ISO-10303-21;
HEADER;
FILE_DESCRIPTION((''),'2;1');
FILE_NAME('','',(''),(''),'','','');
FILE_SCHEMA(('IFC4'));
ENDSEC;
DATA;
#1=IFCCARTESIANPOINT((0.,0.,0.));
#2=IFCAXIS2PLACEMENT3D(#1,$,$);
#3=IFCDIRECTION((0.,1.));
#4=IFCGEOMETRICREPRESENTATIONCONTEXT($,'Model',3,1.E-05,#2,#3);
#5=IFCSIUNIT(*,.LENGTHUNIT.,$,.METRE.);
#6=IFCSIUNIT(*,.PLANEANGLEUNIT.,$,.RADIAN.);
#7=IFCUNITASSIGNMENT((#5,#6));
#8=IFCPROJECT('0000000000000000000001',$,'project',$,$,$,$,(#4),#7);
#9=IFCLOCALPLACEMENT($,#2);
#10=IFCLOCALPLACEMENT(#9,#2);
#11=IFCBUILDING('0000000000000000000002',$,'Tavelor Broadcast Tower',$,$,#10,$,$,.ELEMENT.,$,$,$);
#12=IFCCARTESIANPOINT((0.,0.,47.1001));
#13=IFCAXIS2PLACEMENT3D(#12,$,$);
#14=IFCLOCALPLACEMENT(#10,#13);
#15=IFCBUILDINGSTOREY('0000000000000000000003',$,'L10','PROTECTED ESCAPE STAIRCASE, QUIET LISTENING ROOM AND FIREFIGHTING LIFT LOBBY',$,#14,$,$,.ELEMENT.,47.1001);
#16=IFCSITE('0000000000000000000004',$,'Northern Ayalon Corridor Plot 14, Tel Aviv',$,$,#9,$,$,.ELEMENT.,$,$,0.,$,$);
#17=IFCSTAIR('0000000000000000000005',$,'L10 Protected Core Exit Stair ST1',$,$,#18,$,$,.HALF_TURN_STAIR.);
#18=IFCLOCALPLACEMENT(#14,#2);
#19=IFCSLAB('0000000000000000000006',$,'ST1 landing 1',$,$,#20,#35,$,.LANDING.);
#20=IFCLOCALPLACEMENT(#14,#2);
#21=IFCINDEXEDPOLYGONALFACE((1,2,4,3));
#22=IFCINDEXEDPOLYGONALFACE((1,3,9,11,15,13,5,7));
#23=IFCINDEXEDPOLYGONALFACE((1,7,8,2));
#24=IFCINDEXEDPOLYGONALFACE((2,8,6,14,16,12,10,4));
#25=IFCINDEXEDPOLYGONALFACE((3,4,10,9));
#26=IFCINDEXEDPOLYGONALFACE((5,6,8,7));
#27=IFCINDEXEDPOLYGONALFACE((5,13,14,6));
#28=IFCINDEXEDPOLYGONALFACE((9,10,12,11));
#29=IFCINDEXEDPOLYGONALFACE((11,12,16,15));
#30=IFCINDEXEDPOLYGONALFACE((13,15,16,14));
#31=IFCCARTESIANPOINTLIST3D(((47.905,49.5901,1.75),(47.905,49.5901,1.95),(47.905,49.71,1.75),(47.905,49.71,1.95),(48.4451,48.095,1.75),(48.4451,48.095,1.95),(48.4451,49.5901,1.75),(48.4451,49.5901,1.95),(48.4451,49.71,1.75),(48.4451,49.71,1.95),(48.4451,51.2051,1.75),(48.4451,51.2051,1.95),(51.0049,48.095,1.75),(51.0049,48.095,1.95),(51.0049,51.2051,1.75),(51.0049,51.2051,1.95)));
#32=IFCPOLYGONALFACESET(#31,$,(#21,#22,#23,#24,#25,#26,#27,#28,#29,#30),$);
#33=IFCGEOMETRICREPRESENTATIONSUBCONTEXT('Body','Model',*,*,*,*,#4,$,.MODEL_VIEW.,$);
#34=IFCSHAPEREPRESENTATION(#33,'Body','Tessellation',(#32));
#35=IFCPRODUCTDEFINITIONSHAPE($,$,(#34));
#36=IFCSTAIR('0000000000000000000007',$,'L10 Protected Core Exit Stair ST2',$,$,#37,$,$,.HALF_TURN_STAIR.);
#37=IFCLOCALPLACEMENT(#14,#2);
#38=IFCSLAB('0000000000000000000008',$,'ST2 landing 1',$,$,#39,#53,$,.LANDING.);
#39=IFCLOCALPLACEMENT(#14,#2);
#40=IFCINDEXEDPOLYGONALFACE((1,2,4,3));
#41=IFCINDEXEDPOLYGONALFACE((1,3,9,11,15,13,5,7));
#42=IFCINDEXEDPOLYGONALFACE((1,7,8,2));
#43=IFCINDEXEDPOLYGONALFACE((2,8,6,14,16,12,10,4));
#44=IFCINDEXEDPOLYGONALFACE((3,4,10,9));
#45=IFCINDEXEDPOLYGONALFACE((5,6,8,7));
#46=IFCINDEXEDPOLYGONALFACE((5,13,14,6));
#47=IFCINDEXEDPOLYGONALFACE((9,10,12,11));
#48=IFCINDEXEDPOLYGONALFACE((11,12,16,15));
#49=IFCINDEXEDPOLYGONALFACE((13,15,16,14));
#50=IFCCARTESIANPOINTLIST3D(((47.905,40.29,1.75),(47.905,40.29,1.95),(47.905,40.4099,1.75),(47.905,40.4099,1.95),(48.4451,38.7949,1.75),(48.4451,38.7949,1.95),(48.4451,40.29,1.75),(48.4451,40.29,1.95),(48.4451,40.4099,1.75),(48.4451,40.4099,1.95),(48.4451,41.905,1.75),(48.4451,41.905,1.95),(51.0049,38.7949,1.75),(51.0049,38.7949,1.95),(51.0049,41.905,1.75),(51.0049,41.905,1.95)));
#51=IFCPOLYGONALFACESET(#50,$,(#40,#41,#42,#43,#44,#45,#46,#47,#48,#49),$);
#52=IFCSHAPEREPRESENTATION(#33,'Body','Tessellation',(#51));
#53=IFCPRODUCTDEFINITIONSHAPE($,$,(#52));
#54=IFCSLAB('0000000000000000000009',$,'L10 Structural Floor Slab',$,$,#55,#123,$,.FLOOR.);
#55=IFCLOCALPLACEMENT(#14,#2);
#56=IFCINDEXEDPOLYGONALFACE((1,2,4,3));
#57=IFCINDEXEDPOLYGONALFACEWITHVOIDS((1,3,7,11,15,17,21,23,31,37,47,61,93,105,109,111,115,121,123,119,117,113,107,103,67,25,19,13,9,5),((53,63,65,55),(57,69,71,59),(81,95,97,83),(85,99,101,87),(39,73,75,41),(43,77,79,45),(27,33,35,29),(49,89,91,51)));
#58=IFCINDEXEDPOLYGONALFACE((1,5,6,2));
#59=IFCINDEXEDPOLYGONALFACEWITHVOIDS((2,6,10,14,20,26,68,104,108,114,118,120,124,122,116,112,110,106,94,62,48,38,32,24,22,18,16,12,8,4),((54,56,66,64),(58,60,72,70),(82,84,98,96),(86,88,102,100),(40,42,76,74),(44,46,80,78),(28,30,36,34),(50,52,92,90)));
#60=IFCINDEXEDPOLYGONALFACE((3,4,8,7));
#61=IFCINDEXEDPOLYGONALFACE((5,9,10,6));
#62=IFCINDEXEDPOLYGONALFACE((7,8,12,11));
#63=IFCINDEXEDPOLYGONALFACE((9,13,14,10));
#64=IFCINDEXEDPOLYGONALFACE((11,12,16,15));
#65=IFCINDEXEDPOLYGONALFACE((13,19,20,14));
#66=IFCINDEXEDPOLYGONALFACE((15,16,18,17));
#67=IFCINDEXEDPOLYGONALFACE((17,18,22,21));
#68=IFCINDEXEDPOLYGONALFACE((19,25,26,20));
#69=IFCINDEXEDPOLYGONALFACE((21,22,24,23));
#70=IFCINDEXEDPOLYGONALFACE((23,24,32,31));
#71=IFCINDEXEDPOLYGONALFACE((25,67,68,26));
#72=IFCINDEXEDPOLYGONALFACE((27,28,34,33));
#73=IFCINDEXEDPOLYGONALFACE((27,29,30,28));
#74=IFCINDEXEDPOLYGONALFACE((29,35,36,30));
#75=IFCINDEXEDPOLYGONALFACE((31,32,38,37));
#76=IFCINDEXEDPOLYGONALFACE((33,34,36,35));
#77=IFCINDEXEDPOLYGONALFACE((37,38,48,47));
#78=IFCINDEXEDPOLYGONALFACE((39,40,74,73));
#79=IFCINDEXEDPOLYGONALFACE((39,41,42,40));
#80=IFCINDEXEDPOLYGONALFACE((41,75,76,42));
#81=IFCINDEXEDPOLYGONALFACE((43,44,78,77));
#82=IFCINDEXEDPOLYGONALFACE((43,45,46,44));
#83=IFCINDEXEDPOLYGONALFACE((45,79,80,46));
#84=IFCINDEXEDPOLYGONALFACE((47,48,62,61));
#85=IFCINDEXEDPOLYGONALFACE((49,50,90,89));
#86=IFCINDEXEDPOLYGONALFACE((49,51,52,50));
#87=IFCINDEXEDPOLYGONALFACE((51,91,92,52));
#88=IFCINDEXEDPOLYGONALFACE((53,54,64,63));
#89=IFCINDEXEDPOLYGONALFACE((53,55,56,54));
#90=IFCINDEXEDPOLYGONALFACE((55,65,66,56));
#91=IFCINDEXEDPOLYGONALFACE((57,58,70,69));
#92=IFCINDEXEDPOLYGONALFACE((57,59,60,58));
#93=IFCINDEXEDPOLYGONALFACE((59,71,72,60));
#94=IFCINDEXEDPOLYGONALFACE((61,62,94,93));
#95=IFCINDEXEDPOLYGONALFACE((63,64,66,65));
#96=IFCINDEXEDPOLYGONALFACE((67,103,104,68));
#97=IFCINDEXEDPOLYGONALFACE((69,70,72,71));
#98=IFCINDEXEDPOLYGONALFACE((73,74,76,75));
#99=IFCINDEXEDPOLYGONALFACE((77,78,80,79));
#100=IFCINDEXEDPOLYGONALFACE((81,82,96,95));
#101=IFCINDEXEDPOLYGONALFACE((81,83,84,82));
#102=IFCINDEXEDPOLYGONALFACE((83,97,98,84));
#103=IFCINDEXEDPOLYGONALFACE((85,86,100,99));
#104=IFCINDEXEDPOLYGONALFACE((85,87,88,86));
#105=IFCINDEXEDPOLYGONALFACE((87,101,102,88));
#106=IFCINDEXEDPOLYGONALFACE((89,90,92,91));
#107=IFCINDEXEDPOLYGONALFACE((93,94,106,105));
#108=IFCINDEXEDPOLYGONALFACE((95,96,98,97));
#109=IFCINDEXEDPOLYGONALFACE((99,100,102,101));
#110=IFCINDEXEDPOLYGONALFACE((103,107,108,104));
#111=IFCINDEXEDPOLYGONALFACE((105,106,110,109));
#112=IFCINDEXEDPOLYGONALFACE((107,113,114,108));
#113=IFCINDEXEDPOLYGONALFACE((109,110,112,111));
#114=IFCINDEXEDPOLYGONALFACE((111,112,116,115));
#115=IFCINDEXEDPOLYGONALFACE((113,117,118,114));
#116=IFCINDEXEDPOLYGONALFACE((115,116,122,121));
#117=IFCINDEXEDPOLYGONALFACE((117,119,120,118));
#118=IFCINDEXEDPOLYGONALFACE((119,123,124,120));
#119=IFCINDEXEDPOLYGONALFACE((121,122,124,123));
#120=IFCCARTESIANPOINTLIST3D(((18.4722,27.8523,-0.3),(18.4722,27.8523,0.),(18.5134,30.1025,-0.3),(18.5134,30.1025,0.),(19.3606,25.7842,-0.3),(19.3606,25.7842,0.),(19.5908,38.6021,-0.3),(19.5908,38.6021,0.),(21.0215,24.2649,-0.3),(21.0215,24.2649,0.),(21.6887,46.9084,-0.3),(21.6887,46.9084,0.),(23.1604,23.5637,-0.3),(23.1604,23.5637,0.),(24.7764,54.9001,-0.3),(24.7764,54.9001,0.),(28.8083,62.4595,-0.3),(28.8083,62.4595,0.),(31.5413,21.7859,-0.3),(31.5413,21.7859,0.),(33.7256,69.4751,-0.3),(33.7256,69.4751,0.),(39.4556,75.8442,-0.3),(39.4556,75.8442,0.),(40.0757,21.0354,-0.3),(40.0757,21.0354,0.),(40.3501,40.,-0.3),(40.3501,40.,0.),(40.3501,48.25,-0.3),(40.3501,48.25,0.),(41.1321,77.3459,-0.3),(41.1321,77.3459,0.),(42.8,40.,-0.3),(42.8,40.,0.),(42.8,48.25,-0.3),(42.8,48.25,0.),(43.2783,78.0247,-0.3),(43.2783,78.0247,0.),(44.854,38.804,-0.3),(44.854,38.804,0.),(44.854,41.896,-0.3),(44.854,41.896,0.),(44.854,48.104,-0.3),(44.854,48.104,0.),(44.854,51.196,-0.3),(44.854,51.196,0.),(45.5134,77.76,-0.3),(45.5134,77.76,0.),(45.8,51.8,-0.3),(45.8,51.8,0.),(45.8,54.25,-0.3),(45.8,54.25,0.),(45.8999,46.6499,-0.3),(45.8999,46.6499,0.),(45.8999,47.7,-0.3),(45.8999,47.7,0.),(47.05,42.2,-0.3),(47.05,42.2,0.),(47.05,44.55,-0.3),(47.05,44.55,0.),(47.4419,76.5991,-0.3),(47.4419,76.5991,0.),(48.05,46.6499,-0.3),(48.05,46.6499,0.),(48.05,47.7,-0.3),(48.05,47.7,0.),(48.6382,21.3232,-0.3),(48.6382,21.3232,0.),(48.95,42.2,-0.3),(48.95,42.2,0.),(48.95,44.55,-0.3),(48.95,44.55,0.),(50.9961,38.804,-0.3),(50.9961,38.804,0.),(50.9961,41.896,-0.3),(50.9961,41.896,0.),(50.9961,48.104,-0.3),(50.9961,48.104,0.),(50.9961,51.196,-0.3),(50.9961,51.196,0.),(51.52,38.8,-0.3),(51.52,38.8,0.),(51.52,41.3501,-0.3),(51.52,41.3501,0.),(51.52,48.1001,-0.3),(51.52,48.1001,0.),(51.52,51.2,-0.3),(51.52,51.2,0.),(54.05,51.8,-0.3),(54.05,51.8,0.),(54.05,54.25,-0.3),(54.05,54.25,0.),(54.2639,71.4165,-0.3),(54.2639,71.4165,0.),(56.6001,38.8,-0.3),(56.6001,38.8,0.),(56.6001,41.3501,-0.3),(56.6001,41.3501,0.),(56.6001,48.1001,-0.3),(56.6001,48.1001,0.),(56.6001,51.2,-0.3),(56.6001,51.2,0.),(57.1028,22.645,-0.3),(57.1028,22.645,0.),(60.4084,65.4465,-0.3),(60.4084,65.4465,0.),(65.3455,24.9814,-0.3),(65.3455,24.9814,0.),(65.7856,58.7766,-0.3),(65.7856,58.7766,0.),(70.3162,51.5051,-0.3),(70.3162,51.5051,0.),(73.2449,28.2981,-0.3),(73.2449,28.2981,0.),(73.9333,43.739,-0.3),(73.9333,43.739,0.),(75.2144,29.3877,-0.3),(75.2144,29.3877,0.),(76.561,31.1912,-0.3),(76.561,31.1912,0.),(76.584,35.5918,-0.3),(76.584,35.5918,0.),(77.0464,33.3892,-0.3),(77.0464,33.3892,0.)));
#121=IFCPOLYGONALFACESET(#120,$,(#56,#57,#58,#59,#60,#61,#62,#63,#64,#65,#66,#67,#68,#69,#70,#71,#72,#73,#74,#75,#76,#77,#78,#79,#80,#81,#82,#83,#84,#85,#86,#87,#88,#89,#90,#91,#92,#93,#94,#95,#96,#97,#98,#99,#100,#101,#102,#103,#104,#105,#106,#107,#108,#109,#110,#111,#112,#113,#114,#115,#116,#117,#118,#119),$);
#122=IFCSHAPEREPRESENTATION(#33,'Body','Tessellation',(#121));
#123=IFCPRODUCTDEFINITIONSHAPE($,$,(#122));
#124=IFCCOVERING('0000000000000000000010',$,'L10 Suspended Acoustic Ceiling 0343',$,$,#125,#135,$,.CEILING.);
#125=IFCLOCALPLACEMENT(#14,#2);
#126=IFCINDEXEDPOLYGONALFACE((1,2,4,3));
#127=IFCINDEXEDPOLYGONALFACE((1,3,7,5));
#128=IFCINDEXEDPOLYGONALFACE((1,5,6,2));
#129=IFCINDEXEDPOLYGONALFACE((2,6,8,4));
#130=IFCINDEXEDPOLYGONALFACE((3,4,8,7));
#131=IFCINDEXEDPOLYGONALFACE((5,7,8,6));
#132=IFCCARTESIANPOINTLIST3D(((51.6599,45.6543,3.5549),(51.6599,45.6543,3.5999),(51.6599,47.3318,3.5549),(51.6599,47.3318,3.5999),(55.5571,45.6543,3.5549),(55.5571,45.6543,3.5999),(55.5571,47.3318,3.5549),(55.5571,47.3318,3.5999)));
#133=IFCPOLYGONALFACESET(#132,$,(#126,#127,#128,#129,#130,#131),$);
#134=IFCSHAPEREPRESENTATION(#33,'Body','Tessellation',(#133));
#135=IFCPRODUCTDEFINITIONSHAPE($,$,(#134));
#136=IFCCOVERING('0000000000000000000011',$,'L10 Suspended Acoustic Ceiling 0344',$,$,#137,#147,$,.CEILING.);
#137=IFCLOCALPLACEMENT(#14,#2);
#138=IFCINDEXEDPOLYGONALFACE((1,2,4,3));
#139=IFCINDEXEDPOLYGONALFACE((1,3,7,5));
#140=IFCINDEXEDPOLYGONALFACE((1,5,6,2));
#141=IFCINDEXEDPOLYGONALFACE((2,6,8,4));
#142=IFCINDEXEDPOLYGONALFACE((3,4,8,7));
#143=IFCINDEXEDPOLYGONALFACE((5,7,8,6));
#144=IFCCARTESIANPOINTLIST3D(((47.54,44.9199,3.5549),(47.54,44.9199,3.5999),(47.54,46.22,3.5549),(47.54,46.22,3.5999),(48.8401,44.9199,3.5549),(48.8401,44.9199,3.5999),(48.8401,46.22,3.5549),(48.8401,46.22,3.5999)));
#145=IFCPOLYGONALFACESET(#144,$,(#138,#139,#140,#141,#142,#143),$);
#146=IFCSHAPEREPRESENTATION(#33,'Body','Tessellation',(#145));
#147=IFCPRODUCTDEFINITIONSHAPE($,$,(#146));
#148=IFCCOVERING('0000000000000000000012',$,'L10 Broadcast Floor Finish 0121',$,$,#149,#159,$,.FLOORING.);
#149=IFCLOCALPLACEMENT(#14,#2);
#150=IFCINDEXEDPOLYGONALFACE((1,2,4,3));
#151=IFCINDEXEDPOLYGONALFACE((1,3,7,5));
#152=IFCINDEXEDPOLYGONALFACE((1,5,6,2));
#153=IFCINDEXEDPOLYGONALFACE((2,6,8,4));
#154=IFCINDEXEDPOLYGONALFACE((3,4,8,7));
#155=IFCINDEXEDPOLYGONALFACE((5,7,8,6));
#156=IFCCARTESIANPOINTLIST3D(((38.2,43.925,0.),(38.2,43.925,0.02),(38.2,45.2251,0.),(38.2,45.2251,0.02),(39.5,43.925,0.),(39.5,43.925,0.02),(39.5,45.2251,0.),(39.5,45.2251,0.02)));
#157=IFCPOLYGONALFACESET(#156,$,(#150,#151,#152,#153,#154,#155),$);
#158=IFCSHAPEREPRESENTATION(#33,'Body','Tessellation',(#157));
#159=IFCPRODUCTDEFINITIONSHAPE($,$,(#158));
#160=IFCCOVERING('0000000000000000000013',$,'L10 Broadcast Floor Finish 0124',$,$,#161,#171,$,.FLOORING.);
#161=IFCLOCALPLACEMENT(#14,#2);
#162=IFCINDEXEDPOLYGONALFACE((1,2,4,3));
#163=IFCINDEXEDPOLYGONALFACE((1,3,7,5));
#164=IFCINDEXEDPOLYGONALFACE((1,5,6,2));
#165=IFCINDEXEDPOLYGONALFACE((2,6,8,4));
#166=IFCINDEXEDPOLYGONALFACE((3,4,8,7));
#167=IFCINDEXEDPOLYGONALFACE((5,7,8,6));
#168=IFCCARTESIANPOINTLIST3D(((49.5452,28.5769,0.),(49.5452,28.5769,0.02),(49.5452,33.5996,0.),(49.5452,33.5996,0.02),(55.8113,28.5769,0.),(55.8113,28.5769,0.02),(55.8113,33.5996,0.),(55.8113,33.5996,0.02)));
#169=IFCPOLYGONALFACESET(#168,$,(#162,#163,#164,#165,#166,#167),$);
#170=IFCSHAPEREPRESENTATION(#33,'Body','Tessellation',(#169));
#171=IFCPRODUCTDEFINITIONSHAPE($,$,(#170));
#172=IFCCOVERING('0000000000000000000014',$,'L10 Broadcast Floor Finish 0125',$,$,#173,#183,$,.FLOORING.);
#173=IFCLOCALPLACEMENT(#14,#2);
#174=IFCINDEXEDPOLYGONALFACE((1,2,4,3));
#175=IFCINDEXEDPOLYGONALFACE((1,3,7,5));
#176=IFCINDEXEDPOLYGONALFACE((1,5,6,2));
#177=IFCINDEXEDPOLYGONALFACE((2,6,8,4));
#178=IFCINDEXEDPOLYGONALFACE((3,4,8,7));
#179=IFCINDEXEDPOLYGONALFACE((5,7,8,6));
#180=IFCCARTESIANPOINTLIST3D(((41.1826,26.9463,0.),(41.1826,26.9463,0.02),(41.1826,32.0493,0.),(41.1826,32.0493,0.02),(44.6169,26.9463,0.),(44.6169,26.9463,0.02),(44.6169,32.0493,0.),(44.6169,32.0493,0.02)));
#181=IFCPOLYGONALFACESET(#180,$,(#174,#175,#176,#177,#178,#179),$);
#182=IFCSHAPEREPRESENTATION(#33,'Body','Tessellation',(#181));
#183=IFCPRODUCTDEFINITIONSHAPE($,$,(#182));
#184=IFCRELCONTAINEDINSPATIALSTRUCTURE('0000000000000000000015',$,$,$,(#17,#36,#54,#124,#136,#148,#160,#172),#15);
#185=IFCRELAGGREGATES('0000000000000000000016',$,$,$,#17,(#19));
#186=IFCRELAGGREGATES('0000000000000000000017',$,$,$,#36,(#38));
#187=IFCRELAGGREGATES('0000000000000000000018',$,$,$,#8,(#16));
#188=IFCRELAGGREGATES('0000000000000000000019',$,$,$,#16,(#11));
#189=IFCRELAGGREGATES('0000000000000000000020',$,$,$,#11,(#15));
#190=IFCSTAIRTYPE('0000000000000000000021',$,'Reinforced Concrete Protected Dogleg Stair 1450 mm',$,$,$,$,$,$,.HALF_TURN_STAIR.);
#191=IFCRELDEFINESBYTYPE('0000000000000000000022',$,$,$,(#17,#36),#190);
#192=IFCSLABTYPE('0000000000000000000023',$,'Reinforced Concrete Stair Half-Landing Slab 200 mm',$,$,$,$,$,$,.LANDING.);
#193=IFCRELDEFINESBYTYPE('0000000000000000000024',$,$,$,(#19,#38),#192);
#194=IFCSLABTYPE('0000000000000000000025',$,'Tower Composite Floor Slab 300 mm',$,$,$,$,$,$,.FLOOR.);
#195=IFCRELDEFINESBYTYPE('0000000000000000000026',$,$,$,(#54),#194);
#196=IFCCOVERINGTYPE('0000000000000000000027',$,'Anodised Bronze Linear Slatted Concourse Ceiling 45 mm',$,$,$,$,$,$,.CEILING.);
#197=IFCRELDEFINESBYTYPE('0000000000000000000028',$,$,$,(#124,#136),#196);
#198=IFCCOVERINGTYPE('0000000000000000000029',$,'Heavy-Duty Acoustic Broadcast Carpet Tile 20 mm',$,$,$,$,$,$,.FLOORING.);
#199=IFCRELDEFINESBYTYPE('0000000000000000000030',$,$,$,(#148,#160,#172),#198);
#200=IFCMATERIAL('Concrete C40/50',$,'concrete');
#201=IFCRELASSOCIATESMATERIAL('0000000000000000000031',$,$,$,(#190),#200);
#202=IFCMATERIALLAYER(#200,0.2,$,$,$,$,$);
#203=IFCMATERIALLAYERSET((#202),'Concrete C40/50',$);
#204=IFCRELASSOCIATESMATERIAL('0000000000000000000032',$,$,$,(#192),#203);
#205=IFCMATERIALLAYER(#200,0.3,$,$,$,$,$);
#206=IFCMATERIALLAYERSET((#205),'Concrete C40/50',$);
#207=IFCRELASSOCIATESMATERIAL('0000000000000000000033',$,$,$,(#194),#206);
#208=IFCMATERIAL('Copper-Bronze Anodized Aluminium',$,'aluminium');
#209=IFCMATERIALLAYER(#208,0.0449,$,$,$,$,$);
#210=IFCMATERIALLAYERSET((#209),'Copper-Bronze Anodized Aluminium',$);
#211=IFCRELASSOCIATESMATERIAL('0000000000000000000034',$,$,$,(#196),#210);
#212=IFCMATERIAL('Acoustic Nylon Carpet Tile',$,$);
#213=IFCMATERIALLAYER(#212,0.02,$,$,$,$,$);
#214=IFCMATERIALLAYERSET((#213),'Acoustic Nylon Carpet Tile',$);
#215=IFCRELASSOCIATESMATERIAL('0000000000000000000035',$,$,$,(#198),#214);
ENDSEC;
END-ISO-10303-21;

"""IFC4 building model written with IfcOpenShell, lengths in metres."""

from ifc_helpers import new_model, si_unit, direction, frame, origin, place, context, subcontext, project, spatial, polyline, outline, extrude, material, layer, layer_set, type_object, element, aggregate, save


model = new_model("IFC4")

# Units and contexts
model_context = context("Model", 3, precision=1e-05, world=origin(), true_north=direction((0.0, 1.0)))
body_context = subcontext(model_context, "Body", "Model", "MODEL_VIEW")
ifc_project = project(units=[si_unit("LENGTHUNIT", "METRE"), si_unit("PLANEANGLEUNIT", "RADIAN")], contexts=[model_context])

# Site, building, storey
site_placement = place(None, origin())
site = spatial("IfcSite", under=ifc_project, at=site_placement, Name="Northern Ayalon Corridor Plot 14, Tel Aviv", CompositionType="ELEMENT", RefElevation=0.0)
building_placement = place(site_placement, origin())
building = spatial("IfcBuilding", under=site, at=building_placement, Name="Tavelor Broadcast Tower", CompositionType="ELEMENT")
storey_placement = place(building_placement, frame((0.0, 0.0, 47.1001)))
storey = spatial("IfcBuildingStorey", under=building, at=storey_placement, Name="L10", Description="PROTECTED ESCAPE STAIRCASE, QUIET LISTENING ROOM AND FIREFIGHTING LIFT LOBBY", CompositionType="ELEMENT", Elevation=47.1001)

# Stairs, slabs
ifc_material_1 = material(Name="Concrete C40/50", Category="concrete")
stair_type = type_object("IfcStairType", Name="Reinforced Concrete Protected Dogleg Stair 1450 mm", PredefinedType="HALF_TURN_STAIR", material=ifc_material_1)
stair_1_placement = place(storey_placement, origin())
stair_1 = element("IfcStair", 1, at=stair_1_placement, inside=storey, type_object=stair_type, Name="L10 Protected Core Exit Stair ST1", PredefinedType="HALF_TURN_STAIR")
ifc_layer_1 = layer(ifc_material_1, 0.2)
ifc_layer_set_1 = layer_set([ifc_layer_1], Name="Concrete C40/50")
slab_type_1 = type_object("IfcSlabType", Name="Reinforced Concrete Stair Half-Landing Slab 200 mm", PredefinedType="LANDING", material=ifc_layer_set_1)
slab_1_placement = place(storey_placement, frame((0.0, 0.0, 1.75)))
slab_1 = element("IfcSlab", 2, at=slab_1_placement, type_object=slab_type_1, Name="ST1 landing 1", PredefinedType="LANDING", context=body_context, shape_type="SweptSolid", body=[
    extrude(outline(polyline([(48.4451, 49.5901), (48.4451, 48.095), (51.0049, 48.095), (51.0049, 51.2051), (48.4451, 51.2051), (48.4451, 49.71), (47.905, 49.71), (47.905, 49.5901), (48.4451, 49.5901)])), origin(), (0.0, 0.0, 1.0), 0.2),
])
aggregate(stair_1, [slab_1])
stair_2_placement = place(storey_placement, origin())
stair_2 = element("IfcStair", 3, at=stair_2_placement, inside=storey, type_object=stair_type, Name="L10 Protected Core Exit Stair ST2", PredefinedType="HALF_TURN_STAIR")
slab_2_placement = place(storey_placement, frame((0.0, 0.0, 1.75)))
slab_2 = element("IfcSlab", 4, at=slab_2_placement, type_object=slab_type_1, Name="ST2 landing 1", PredefinedType="LANDING", context=body_context, shape_type="SweptSolid", body=[
    extrude(outline(polyline([(48.4451, 40.29), (48.4451, 38.7949), (51.0049, 38.7949), (51.0049, 41.905), (48.4451, 41.905), (48.4451, 40.4099), (47.905, 40.4099), (47.905, 40.29), (48.4451, 40.29)])), origin(), (0.0, 0.0, 1.0), 0.2),
])
aggregate(stair_2, [slab_2])

# Slab
ifc_layer_2 = layer(ifc_material_1, 0.3)
ifc_layer_set_2 = layer_set([ifc_layer_2], Name="Concrete C40/50")
slab_type_2 = type_object("IfcSlabType", Name="Tower Composite Floor Slab 300 mm", PredefinedType="FLOOR", material=ifc_layer_set_2)
slab_3_placement = place(storey_placement, frame((0.0, 0.0, -0.3)))
element("IfcSlab", 5, at=slab_3_placement, inside=storey, type_object=slab_type_2, Name="L10 Structural Floor Slab", PredefinedType="FLOOR", context=body_context, shape_type="SweptSolid", body=[
    extrude(outline(polyline([(47.4419, 76.5991), (45.5134, 77.76), (43.2783, 78.0247), (41.1321, 77.3459), (39.4556, 75.8442), (33.7256, 69.4751), (28.8083, 62.4595), (24.7764, 54.9001), (21.6887, 46.9084), (19.5908, 38.6021), (18.5134, 30.1025), (18.4722, 27.8523), (19.3606, 25.7842), (21.0215, 24.2649), (23.1604, 23.5637), (31.5413, 21.7859), (40.0757, 21.0354), (48.6382, 21.3232), (57.1028, 22.645), (65.3455, 24.9814), (73.2449, 28.2981), (75.2144, 29.3877), (76.561, 31.1912), (77.0464, 33.3892), (76.584, 35.5918), (73.9333, 43.739), (70.3162, 51.5051), (65.7856, 58.7766), (60.4084, 65.4465), (54.2639, 71.4165), (47.4419, 76.5991)]), holes=[polyline([(56.6001, 38.8), (51.52, 38.8), (51.52, 41.3501), (56.6001, 41.3501), (56.6001, 38.8)]), polyline([(50.9961, 38.804), (44.854, 38.804), (44.854, 41.896), (50.9961, 41.896), (50.9961, 38.804)]), polyline([(47.05, 42.2), (47.05, 44.55), (48.95, 44.55), (48.95, 42.2), (47.05, 42.2)]), polyline([(40.3501, 40.0), (40.3501, 48.25), (42.8, 48.25), (42.8, 40.0), (40.3501, 40.0)]), polyline([(48.05, 46.6499), (45.8999, 46.6499), (45.8999, 47.7), (48.05, 47.7), (48.05, 46.6499)]), polyline([(50.9961, 48.104), (44.854, 48.104), (44.854, 51.196), (50.9961, 51.196), (50.9961, 48.104)]), polyline([(56.6001, 48.1001), (51.52, 48.1001), (51.52, 51.2), (56.6001, 51.2), (56.6001, 48.1001)]), polyline([(54.05, 51.8), (45.8, 51.8), (45.8, 54.25), (54.05, 54.25), (54.05, 51.8)])]), origin(), (0.0, 0.0, 1.0), 0.3),
])

# Coverings
ifc_material_2 = material(Name="Copper-Bronze Anodized Aluminium", Category="aluminium")
ifc_layer_3 = layer(ifc_material_2, 0.0449)
ifc_layer_set_3 = layer_set([ifc_layer_3], Name="Copper-Bronze Anodized Aluminium")
covering_type_1 = type_object("IfcCoveringType", Name="Anodised Bronze Linear Slatted Concourse Ceiling 45 mm", PredefinedType="CEILING", material=ifc_layer_set_3)
covering_1_placement = place(storey_placement, frame((0.0, 0.0, 3.5549)))
element("IfcCovering", 6, at=covering_1_placement, inside=storey, type_object=covering_type_1, Name="L10 Suspended Acoustic Ceiling 0343", PredefinedType="CEILING", context=body_context, shape_type="SweptSolid", body=[
    extrude(outline(polyline([(51.6599, 45.6543), (55.5571, 45.6543), (55.5571, 47.3318), (51.6599, 47.3318), (51.6599, 45.6543)])), origin(), (0.0, 0.0, 1.0), 0.0449),
])
covering_2_placement = place(storey_placement, frame((0.0, 0.0, 3.5549)))
element("IfcCovering", 7, at=covering_2_placement, inside=storey, type_object=covering_type_1, Name="L10 Suspended Acoustic Ceiling 0344", PredefinedType="CEILING", context=body_context, shape_type="SweptSolid", body=[
    extrude(outline(polyline([(47.54, 44.9199), (48.8401, 44.9199), (48.8401, 46.22), (47.54, 46.22), (47.54, 44.9199)])), origin(), (0.0, 0.0, 1.0), 0.0449),
])
ifc_material_3 = material(Name="Acoustic Nylon Carpet Tile")
ifc_layer_4 = layer(ifc_material_3, 0.02)
ifc_layer_set_4 = layer_set([ifc_layer_4], Name="Acoustic Nylon Carpet Tile")
covering_type_2 = type_object("IfcCoveringType", Name="Heavy-Duty Acoustic Broadcast Carpet Tile 20 mm", PredefinedType="FLOORING", material=ifc_layer_set_4)
covering_3_placement = place(storey_placement, origin())
element("IfcCovering", 8, at=covering_3_placement, inside=storey, type_object=covering_type_2, Name="L10 Broadcast Floor Finish 0121", PredefinedType="FLOORING", context=body_context, shape_type="SweptSolid", body=[
    extrude(outline(polyline([(38.2, 43.925), (39.5, 43.925), (39.5, 45.2251), (38.2, 45.2251), (38.2, 43.925)])), origin(), (0.0, 0.0, 1.0), 0.02),
])
covering_4_placement = place(storey_placement, origin())
element("IfcCovering", 9, at=covering_4_placement, inside=storey, type_object=covering_type_2, Name="L10 Broadcast Floor Finish 0124", PredefinedType="FLOORING", context=body_context, shape_type="SweptSolid", body=[
    extrude(outline(polyline([(49.5452, 28.5769), (55.8113, 28.5769), (55.8113, 33.5996), (49.5452, 33.5996), (49.5452, 28.5769)])), origin(), (0.0, 0.0, 1.0), 0.02),
])
covering_5_placement = place(storey_placement, origin())
element("IfcCovering", 10, at=covering_5_placement, inside=storey, type_object=covering_type_2, Name="L10 Broadcast Floor Finish 0125", PredefinedType="FLOORING", context=body_context, shape_type="SweptSolid", body=[
    extrude(outline(polyline([(41.1826, 26.9463), (44.6169, 26.9463), (44.6169, 32.0493), (41.1826, 32.0493), (41.1826, 26.9463)])), origin(), (0.0, 0.0, 1.0), 0.02),
])

save(model, "model.ifc")
